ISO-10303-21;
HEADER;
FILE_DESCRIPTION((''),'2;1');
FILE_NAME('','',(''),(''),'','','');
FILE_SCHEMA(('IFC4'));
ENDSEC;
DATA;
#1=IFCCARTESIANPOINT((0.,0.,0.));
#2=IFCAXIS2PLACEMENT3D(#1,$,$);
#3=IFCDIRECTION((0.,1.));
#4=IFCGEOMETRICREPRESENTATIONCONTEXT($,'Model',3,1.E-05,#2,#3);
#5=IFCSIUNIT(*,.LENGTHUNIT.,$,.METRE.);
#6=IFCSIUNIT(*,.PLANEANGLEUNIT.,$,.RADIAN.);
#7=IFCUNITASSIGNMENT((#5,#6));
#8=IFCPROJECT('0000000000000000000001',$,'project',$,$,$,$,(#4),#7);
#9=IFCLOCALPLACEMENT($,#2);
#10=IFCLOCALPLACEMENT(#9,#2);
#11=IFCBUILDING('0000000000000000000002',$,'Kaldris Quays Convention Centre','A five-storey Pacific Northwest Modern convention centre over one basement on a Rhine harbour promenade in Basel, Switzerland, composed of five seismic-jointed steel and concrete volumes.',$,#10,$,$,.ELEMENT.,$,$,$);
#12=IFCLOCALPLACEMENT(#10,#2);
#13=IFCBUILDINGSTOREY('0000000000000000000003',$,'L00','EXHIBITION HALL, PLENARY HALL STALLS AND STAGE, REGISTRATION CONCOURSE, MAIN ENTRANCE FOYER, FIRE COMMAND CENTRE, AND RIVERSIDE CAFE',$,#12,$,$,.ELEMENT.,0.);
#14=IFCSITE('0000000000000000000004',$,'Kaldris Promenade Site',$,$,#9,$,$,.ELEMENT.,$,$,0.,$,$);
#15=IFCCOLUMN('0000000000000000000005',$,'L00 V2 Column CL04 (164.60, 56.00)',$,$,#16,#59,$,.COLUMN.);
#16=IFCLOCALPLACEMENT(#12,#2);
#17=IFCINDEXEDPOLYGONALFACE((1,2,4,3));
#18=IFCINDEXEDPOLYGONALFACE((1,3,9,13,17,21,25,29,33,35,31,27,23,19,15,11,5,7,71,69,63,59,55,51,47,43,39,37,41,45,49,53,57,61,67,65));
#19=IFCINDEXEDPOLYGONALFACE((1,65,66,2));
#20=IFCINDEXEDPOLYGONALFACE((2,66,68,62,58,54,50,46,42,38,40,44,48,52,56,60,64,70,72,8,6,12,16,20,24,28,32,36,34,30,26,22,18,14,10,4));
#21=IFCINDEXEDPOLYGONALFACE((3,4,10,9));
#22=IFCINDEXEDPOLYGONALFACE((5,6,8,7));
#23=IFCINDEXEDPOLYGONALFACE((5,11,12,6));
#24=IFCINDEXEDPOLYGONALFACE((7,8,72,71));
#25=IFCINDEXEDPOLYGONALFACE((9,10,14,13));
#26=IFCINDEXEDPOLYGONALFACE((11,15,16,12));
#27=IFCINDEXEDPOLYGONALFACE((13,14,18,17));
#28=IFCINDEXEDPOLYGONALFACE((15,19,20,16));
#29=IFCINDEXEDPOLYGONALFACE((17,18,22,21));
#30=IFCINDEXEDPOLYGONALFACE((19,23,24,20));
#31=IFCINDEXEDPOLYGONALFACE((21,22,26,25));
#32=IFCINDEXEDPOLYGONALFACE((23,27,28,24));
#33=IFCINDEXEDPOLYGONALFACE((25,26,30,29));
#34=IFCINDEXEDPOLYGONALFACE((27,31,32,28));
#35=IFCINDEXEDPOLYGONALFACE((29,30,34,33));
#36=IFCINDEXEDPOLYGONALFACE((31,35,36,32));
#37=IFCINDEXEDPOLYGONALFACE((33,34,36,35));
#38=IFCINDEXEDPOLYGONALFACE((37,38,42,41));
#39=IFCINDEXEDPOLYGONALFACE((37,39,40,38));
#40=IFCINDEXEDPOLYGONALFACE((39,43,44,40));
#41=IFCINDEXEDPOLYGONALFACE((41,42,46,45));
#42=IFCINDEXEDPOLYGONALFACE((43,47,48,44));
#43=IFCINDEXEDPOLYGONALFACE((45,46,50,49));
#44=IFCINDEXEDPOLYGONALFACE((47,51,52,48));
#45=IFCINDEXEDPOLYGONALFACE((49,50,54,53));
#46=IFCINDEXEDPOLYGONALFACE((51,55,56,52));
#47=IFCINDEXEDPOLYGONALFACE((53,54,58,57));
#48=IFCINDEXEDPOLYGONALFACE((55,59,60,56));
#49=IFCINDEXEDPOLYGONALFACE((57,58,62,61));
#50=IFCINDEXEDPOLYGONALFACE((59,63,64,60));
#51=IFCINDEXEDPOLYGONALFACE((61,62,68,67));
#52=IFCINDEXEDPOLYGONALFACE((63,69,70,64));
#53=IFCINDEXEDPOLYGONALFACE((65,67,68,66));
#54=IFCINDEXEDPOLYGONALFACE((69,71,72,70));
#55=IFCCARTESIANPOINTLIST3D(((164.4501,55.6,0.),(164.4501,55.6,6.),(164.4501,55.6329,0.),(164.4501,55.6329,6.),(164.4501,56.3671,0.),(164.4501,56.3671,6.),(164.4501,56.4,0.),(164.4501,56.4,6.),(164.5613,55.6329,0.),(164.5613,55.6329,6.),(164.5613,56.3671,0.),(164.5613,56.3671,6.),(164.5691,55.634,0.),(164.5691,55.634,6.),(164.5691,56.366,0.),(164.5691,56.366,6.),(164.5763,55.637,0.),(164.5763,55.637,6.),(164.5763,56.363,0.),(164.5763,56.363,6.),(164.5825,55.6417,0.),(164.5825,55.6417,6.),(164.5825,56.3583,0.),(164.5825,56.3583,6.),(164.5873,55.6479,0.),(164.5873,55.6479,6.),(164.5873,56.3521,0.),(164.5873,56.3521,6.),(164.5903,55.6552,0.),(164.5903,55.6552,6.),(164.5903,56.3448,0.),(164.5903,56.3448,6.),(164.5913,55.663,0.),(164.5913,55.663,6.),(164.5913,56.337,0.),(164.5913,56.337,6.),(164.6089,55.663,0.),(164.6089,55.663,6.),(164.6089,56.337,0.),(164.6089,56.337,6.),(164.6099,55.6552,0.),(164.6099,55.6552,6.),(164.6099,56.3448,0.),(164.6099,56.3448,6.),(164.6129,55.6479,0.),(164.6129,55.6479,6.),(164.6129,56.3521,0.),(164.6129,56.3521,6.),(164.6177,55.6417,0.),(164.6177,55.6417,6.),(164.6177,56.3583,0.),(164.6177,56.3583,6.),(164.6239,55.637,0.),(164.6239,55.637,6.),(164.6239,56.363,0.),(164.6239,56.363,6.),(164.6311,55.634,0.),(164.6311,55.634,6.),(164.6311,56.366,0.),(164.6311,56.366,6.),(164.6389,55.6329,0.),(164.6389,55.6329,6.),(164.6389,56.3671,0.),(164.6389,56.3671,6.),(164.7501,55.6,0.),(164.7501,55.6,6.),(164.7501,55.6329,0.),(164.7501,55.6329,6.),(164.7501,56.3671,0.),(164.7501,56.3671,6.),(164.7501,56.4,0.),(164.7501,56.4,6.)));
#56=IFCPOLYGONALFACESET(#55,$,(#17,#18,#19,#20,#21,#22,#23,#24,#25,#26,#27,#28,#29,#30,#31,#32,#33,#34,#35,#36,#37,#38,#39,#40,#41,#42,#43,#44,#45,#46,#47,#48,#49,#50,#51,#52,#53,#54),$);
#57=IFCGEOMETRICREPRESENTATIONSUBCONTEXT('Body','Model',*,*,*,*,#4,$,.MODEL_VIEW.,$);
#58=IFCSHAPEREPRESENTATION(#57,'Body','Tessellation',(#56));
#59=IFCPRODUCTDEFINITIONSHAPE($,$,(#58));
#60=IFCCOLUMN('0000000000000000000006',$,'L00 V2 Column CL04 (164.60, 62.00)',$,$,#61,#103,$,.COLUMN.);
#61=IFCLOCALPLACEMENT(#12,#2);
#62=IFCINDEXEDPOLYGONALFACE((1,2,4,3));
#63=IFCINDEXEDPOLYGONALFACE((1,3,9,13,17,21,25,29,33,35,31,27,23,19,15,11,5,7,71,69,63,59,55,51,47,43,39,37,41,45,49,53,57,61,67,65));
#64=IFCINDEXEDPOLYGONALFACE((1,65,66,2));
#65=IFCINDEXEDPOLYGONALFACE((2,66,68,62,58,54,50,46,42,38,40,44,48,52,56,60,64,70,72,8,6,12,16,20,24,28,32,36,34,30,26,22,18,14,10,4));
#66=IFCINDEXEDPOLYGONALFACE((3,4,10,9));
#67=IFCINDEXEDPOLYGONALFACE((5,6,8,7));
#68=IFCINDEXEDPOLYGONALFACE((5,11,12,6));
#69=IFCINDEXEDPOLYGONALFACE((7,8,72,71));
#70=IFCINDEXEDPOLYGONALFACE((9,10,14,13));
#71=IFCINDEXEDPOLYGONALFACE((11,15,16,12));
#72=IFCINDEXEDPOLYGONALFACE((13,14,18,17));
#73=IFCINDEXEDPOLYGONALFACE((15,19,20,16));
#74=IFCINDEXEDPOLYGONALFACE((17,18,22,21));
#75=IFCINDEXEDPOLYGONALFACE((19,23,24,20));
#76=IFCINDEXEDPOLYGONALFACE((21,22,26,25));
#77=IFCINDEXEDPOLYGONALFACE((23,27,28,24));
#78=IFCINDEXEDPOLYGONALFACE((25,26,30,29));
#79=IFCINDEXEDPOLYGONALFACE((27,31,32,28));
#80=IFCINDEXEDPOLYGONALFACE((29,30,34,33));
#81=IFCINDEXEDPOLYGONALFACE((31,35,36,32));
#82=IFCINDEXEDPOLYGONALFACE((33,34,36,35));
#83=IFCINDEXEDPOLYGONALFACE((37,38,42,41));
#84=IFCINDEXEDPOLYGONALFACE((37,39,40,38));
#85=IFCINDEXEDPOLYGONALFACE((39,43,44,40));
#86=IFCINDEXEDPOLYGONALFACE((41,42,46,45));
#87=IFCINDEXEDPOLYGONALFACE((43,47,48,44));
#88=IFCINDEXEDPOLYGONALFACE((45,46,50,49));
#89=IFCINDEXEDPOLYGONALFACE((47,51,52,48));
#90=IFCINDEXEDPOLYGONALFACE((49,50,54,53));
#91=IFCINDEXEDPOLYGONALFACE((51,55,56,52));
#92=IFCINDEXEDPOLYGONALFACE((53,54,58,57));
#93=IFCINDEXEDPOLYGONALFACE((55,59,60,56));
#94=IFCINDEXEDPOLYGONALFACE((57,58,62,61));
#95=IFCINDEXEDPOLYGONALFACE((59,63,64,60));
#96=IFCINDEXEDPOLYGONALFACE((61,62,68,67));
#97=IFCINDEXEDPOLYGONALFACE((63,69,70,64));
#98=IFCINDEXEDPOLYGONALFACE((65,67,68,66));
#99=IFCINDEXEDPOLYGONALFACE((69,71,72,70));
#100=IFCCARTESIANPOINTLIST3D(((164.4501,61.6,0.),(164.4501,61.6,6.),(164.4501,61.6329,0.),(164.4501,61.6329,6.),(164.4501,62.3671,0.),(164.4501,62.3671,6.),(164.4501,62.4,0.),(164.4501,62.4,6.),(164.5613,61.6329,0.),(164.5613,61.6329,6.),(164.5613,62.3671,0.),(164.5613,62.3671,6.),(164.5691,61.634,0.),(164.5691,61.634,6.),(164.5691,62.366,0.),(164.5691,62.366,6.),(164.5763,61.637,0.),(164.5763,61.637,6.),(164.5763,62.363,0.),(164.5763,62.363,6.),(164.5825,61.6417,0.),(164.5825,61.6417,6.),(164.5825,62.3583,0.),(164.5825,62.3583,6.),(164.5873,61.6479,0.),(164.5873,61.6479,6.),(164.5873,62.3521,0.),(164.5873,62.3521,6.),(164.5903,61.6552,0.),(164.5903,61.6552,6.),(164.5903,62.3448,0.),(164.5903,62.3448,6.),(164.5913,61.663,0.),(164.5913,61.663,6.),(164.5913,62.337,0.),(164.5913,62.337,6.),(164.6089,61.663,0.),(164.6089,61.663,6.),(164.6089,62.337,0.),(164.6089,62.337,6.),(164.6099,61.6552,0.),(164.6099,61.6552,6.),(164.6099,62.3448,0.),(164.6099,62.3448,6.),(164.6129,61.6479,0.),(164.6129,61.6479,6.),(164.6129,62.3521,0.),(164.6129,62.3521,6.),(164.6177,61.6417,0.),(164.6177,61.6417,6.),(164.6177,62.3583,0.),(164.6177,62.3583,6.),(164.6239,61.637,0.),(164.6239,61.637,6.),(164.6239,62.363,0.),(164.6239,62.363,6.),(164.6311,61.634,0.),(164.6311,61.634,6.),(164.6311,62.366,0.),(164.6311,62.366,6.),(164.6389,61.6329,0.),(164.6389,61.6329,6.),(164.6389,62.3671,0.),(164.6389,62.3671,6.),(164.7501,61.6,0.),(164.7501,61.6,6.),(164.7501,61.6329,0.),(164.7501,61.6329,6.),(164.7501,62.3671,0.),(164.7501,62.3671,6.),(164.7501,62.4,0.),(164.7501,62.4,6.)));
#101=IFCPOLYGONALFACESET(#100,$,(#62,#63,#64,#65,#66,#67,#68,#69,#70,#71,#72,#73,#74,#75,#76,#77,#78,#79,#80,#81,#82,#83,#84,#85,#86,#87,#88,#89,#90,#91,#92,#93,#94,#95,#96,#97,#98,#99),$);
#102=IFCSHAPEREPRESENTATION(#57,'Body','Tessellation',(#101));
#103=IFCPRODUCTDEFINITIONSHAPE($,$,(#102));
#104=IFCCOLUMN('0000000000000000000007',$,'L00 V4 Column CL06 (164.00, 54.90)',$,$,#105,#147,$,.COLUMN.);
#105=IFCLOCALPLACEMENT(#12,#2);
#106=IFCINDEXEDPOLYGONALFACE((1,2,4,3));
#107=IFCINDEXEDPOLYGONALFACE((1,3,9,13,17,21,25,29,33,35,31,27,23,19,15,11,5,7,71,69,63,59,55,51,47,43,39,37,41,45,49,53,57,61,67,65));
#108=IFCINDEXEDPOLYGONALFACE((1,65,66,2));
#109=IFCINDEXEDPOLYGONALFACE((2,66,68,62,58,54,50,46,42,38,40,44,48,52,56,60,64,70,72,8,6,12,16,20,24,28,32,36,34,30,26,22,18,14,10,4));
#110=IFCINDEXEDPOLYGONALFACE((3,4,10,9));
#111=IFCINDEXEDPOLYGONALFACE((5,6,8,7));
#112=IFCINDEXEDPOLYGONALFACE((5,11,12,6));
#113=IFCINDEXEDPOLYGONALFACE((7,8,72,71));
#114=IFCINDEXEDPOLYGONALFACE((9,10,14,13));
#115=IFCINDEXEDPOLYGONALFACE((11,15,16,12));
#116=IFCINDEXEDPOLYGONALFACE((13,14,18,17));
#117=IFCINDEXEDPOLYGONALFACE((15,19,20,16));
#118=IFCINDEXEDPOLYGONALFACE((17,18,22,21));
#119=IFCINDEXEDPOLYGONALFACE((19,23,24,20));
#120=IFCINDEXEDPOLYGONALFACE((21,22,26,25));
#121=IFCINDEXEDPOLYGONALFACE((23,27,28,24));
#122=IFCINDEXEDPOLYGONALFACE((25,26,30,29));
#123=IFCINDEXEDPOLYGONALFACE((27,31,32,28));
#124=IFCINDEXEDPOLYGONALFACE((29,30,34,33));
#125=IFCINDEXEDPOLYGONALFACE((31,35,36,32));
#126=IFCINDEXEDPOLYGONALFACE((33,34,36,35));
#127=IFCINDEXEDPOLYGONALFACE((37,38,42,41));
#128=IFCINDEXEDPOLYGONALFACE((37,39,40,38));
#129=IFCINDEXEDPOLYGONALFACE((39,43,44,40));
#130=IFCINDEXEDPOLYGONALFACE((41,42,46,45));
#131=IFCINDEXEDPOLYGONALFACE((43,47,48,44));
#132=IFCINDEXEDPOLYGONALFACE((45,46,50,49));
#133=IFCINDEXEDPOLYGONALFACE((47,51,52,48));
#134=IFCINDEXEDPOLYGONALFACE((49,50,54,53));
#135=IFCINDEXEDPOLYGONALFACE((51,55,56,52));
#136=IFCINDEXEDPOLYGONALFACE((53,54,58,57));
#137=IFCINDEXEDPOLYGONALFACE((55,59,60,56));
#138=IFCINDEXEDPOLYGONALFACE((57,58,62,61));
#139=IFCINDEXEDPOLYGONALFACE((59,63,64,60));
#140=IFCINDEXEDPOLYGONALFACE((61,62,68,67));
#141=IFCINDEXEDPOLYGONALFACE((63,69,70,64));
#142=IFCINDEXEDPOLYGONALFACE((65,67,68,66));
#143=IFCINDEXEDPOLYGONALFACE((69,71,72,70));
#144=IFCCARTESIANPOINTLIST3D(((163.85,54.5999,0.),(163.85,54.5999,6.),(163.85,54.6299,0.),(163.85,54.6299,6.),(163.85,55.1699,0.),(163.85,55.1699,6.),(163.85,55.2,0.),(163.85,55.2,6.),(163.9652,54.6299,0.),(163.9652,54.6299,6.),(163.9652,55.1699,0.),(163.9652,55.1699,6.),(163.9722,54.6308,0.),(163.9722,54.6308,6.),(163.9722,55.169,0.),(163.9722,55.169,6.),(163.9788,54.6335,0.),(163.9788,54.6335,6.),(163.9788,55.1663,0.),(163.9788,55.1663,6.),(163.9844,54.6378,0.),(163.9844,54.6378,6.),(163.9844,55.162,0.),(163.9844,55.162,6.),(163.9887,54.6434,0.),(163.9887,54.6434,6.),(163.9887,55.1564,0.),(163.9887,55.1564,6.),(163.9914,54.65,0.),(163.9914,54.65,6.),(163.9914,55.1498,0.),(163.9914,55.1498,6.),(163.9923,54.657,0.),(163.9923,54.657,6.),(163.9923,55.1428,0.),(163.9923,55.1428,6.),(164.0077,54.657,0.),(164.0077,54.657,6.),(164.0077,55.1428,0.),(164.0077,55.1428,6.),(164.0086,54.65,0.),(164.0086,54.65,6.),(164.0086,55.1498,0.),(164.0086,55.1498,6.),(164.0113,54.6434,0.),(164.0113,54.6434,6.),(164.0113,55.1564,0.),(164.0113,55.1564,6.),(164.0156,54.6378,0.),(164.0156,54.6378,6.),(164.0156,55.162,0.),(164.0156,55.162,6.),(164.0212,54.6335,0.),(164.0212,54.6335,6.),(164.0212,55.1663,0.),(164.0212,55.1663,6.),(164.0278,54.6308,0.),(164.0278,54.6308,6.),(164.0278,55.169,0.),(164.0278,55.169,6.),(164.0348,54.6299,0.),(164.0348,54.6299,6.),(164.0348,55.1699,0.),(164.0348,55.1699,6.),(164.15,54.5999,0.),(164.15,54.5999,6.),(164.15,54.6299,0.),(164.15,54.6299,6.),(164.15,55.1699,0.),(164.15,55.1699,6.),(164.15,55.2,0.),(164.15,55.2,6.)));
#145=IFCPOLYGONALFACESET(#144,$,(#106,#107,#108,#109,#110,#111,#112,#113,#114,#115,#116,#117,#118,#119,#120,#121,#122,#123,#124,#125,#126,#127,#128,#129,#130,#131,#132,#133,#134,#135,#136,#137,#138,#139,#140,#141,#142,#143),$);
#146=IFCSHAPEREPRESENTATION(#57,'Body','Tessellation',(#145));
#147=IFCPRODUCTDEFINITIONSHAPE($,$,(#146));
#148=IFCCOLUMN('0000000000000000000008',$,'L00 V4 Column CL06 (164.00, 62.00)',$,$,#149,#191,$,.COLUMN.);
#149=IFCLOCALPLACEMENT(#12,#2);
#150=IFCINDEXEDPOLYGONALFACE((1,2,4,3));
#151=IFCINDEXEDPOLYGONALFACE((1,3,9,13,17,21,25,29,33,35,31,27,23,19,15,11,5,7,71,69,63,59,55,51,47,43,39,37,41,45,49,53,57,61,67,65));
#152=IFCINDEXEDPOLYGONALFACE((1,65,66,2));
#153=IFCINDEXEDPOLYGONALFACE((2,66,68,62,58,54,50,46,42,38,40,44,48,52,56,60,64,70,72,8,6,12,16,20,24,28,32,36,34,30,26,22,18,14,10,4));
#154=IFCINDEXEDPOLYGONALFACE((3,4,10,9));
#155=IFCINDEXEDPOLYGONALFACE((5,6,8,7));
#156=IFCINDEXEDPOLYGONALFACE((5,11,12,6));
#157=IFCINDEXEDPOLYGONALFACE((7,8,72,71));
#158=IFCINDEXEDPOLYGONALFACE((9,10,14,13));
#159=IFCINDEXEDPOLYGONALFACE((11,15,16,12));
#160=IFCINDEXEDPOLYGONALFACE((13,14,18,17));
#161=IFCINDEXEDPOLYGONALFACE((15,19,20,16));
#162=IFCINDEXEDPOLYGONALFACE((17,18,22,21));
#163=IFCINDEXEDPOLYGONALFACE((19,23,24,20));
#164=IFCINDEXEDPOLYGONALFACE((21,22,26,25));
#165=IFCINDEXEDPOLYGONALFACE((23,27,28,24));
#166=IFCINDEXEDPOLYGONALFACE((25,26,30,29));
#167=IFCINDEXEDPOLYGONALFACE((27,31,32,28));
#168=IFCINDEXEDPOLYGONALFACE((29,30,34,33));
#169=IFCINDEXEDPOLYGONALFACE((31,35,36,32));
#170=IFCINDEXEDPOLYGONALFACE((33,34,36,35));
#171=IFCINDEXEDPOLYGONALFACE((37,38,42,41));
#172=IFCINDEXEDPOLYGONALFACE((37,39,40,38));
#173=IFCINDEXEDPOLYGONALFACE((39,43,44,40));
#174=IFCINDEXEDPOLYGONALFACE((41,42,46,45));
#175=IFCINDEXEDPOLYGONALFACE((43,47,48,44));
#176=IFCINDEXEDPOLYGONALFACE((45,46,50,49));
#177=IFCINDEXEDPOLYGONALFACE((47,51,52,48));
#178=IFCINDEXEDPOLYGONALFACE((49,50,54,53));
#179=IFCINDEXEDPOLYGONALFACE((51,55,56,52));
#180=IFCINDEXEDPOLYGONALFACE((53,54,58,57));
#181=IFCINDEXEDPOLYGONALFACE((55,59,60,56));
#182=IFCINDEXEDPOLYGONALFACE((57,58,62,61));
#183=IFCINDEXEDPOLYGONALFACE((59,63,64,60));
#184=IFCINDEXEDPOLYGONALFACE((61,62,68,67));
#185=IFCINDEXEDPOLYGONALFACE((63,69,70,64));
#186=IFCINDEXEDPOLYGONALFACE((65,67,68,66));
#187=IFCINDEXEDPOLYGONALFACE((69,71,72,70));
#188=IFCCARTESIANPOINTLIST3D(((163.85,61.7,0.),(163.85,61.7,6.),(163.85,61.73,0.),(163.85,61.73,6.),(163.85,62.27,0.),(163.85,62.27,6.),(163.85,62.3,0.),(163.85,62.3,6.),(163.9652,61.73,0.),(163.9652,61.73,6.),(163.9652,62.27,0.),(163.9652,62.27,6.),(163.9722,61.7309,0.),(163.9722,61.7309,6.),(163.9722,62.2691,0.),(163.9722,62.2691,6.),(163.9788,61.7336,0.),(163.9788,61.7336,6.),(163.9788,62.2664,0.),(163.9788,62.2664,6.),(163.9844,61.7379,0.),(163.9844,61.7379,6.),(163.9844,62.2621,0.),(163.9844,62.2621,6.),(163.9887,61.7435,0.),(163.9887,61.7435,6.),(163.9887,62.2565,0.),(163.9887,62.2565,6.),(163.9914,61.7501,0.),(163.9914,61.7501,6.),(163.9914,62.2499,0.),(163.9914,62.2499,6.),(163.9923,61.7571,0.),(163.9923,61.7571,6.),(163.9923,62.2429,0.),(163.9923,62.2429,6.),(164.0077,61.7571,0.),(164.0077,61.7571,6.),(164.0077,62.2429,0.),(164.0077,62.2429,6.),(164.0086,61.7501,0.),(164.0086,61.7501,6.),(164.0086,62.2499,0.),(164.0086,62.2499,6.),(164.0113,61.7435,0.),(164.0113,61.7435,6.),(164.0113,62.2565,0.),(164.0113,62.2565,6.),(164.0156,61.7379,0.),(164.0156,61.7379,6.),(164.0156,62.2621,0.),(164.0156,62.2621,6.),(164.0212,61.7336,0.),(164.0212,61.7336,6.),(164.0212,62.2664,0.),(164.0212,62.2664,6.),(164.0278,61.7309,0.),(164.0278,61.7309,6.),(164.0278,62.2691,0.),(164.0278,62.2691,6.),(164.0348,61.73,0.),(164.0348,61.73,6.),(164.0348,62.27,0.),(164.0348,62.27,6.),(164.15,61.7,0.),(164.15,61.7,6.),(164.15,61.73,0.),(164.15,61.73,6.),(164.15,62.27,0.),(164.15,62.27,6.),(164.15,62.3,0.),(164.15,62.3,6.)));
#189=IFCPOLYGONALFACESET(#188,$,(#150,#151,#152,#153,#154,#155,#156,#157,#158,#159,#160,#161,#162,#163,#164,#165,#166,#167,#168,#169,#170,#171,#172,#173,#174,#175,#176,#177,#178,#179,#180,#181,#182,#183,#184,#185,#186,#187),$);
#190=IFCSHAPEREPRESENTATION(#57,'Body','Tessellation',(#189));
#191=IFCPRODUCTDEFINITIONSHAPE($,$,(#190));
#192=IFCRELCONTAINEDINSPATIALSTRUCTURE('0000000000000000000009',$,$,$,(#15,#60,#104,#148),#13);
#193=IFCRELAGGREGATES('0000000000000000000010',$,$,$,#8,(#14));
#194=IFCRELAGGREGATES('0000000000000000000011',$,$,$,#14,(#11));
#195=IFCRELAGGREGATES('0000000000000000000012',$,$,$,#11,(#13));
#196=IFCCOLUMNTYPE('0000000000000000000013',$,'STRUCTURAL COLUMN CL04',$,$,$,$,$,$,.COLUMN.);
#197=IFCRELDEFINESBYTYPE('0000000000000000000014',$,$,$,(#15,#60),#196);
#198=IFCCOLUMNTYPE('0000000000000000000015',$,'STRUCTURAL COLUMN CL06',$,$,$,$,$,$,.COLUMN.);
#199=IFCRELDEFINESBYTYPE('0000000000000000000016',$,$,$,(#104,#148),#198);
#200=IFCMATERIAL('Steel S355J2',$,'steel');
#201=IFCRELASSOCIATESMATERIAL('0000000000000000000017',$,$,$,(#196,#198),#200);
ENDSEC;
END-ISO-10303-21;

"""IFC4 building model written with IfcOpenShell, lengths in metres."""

from ifc_helpers import new_model, si_unit, direction, frame, origin, origin_2d, place, context, subcontext, project, spatial, i_section, extrude, material, material_profile, profile_set, type_object, element, save


model = new_model("IFC4")

# Units and contexts
model_context = context("Model", 3, precision=1e-05, world=origin(), true_north=direction((0.0, 1.0)))
body_context = subcontext(model_context, "Body", "Model", "MODEL_VIEW")
ifc_project = project(units=[si_unit("LENGTHUNIT", "METRE"), si_unit("PLANEANGLEUNIT", "RADIAN")], contexts=[model_context])

# Site, building, storey
site_placement = place(None, origin())
site = spatial("IfcSite", under=ifc_project, at=site_placement, Name="Kaldris Promenade Site", CompositionType="ELEMENT", RefElevation=0.0)
building_placement = place(site_placement, origin())
building = spatial("IfcBuilding", under=site, at=building_placement, Name="Kaldris Quays Convention Centre", Description="A five-storey Pacific Northwest Modern convention centre over one basement on a Rhine harbour promenade in Basel, Switzerland, composed of five seismic-jointed steel and concrete volumes.", CompositionType="ELEMENT")
storey_placement = place(building_placement, origin())
storey = spatial("IfcBuildingStorey", under=building, at=storey_placement, Name="L00", Description="EXHIBITION HALL, PLENARY HALL STALLS AND STAGE, REGISTRATION CONCOURSE, MAIN ENTRANCE FOYER, FIRE COMMAND CENTRE, AND RIVERSIDE CAFE", CompositionType="ELEMENT", Elevation=0.0)

# Columns
ifc_material_1 = material(Name="Steel S355J2", Category="steel")
ifc_material_profile_1 = material_profile(ifc_material_1, i_section(OverallWidth=0.3, OverallDepth=0.8, WebThickness=0.0176, FlangeThickness=0.033, FilletRadius=0.03, at=origin_2d()), Name="HEB 800")
ifc_profile_set_1 = profile_set([ifc_material_profile_1], Name="Steel S355J2")
column_type_1 = type_object("IfcColumnType", Name="STRUCTURAL COLUMN CL04", PredefinedType="COLUMN", material=ifc_profile_set_1)
for number, where, z_axis, x_axis, name in (
    (1, (164.6001, 56.0, 0.0), (0.0, 0.0, 1.0), (1.0, 0.0, 0.0), "L00 V2 Column CL04 (164.60, 56.00)"),
    (2, (164.6001, 62.0, 0.0), (0.0, 0.0, 1.0), (1.0, 0.0, 0.0), "L00 V2 Column CL04 (164.60, 62.00)"),
):
    element("IfcColumn", number, at=place(storey_placement, frame(where, z_axis=z_axis, x_axis=x_axis)), inside=storey, type_object=column_type_1, Name=name, PredefinedType="COLUMN", context=body_context, shape_type="SweptSolid", body=[
        extrude(i_section(OverallWidth=0.3, OverallDepth=0.8, WebThickness=0.0176, FlangeThickness=0.033, FilletRadius=0.03, at=origin_2d()), origin(), (0.0, 0.0, 1.0), 6.0),
    ])
ifc_material_profile_2 = material_profile(ifc_material_1, i_section(OverallWidth=0.3, OverallDepth=0.6001, WebThickness=0.0154, FlangeThickness=0.03, FilletRadius=0.0271, at=origin_2d()), Name="HEB 600")
ifc_profile_set_2 = profile_set([ifc_material_profile_2], Name="Steel S355J2")
column_type_2 = type_object("IfcColumnType", Name="STRUCTURAL COLUMN CL06", PredefinedType="COLUMN", material=ifc_profile_set_2)
for number, where, z_axis, x_axis, name in (
    (3, (164.0, 54.8999, 0.0), (0.0, 0.0, 1.0), (1.0, 0.0, 0.0), "L00 V4 Column CL06 (164.00, 54.90)"),
    (4, (164.0, 62.0, 0.0), (0.0, 0.0, 1.0), (1.0, 0.0, 0.0), "L00 V4 Column CL06 (164.00, 62.00)"),
):
    element("IfcColumn", number, at=place(storey_placement, frame(where, z_axis=z_axis, x_axis=x_axis)), inside=storey, type_object=column_type_2, Name=name, PredefinedType="COLUMN", context=body_context, shape_type="SweptSolid", body=[
        extrude(i_section(OverallWidth=0.3, OverallDepth=0.6001, WebThickness=0.0154, FlangeThickness=0.03, FilletRadius=0.0271, at=origin_2d()), origin(), (0.0, 0.0, 1.0), 6.0),
    ])

save(model, "model.ifc")
